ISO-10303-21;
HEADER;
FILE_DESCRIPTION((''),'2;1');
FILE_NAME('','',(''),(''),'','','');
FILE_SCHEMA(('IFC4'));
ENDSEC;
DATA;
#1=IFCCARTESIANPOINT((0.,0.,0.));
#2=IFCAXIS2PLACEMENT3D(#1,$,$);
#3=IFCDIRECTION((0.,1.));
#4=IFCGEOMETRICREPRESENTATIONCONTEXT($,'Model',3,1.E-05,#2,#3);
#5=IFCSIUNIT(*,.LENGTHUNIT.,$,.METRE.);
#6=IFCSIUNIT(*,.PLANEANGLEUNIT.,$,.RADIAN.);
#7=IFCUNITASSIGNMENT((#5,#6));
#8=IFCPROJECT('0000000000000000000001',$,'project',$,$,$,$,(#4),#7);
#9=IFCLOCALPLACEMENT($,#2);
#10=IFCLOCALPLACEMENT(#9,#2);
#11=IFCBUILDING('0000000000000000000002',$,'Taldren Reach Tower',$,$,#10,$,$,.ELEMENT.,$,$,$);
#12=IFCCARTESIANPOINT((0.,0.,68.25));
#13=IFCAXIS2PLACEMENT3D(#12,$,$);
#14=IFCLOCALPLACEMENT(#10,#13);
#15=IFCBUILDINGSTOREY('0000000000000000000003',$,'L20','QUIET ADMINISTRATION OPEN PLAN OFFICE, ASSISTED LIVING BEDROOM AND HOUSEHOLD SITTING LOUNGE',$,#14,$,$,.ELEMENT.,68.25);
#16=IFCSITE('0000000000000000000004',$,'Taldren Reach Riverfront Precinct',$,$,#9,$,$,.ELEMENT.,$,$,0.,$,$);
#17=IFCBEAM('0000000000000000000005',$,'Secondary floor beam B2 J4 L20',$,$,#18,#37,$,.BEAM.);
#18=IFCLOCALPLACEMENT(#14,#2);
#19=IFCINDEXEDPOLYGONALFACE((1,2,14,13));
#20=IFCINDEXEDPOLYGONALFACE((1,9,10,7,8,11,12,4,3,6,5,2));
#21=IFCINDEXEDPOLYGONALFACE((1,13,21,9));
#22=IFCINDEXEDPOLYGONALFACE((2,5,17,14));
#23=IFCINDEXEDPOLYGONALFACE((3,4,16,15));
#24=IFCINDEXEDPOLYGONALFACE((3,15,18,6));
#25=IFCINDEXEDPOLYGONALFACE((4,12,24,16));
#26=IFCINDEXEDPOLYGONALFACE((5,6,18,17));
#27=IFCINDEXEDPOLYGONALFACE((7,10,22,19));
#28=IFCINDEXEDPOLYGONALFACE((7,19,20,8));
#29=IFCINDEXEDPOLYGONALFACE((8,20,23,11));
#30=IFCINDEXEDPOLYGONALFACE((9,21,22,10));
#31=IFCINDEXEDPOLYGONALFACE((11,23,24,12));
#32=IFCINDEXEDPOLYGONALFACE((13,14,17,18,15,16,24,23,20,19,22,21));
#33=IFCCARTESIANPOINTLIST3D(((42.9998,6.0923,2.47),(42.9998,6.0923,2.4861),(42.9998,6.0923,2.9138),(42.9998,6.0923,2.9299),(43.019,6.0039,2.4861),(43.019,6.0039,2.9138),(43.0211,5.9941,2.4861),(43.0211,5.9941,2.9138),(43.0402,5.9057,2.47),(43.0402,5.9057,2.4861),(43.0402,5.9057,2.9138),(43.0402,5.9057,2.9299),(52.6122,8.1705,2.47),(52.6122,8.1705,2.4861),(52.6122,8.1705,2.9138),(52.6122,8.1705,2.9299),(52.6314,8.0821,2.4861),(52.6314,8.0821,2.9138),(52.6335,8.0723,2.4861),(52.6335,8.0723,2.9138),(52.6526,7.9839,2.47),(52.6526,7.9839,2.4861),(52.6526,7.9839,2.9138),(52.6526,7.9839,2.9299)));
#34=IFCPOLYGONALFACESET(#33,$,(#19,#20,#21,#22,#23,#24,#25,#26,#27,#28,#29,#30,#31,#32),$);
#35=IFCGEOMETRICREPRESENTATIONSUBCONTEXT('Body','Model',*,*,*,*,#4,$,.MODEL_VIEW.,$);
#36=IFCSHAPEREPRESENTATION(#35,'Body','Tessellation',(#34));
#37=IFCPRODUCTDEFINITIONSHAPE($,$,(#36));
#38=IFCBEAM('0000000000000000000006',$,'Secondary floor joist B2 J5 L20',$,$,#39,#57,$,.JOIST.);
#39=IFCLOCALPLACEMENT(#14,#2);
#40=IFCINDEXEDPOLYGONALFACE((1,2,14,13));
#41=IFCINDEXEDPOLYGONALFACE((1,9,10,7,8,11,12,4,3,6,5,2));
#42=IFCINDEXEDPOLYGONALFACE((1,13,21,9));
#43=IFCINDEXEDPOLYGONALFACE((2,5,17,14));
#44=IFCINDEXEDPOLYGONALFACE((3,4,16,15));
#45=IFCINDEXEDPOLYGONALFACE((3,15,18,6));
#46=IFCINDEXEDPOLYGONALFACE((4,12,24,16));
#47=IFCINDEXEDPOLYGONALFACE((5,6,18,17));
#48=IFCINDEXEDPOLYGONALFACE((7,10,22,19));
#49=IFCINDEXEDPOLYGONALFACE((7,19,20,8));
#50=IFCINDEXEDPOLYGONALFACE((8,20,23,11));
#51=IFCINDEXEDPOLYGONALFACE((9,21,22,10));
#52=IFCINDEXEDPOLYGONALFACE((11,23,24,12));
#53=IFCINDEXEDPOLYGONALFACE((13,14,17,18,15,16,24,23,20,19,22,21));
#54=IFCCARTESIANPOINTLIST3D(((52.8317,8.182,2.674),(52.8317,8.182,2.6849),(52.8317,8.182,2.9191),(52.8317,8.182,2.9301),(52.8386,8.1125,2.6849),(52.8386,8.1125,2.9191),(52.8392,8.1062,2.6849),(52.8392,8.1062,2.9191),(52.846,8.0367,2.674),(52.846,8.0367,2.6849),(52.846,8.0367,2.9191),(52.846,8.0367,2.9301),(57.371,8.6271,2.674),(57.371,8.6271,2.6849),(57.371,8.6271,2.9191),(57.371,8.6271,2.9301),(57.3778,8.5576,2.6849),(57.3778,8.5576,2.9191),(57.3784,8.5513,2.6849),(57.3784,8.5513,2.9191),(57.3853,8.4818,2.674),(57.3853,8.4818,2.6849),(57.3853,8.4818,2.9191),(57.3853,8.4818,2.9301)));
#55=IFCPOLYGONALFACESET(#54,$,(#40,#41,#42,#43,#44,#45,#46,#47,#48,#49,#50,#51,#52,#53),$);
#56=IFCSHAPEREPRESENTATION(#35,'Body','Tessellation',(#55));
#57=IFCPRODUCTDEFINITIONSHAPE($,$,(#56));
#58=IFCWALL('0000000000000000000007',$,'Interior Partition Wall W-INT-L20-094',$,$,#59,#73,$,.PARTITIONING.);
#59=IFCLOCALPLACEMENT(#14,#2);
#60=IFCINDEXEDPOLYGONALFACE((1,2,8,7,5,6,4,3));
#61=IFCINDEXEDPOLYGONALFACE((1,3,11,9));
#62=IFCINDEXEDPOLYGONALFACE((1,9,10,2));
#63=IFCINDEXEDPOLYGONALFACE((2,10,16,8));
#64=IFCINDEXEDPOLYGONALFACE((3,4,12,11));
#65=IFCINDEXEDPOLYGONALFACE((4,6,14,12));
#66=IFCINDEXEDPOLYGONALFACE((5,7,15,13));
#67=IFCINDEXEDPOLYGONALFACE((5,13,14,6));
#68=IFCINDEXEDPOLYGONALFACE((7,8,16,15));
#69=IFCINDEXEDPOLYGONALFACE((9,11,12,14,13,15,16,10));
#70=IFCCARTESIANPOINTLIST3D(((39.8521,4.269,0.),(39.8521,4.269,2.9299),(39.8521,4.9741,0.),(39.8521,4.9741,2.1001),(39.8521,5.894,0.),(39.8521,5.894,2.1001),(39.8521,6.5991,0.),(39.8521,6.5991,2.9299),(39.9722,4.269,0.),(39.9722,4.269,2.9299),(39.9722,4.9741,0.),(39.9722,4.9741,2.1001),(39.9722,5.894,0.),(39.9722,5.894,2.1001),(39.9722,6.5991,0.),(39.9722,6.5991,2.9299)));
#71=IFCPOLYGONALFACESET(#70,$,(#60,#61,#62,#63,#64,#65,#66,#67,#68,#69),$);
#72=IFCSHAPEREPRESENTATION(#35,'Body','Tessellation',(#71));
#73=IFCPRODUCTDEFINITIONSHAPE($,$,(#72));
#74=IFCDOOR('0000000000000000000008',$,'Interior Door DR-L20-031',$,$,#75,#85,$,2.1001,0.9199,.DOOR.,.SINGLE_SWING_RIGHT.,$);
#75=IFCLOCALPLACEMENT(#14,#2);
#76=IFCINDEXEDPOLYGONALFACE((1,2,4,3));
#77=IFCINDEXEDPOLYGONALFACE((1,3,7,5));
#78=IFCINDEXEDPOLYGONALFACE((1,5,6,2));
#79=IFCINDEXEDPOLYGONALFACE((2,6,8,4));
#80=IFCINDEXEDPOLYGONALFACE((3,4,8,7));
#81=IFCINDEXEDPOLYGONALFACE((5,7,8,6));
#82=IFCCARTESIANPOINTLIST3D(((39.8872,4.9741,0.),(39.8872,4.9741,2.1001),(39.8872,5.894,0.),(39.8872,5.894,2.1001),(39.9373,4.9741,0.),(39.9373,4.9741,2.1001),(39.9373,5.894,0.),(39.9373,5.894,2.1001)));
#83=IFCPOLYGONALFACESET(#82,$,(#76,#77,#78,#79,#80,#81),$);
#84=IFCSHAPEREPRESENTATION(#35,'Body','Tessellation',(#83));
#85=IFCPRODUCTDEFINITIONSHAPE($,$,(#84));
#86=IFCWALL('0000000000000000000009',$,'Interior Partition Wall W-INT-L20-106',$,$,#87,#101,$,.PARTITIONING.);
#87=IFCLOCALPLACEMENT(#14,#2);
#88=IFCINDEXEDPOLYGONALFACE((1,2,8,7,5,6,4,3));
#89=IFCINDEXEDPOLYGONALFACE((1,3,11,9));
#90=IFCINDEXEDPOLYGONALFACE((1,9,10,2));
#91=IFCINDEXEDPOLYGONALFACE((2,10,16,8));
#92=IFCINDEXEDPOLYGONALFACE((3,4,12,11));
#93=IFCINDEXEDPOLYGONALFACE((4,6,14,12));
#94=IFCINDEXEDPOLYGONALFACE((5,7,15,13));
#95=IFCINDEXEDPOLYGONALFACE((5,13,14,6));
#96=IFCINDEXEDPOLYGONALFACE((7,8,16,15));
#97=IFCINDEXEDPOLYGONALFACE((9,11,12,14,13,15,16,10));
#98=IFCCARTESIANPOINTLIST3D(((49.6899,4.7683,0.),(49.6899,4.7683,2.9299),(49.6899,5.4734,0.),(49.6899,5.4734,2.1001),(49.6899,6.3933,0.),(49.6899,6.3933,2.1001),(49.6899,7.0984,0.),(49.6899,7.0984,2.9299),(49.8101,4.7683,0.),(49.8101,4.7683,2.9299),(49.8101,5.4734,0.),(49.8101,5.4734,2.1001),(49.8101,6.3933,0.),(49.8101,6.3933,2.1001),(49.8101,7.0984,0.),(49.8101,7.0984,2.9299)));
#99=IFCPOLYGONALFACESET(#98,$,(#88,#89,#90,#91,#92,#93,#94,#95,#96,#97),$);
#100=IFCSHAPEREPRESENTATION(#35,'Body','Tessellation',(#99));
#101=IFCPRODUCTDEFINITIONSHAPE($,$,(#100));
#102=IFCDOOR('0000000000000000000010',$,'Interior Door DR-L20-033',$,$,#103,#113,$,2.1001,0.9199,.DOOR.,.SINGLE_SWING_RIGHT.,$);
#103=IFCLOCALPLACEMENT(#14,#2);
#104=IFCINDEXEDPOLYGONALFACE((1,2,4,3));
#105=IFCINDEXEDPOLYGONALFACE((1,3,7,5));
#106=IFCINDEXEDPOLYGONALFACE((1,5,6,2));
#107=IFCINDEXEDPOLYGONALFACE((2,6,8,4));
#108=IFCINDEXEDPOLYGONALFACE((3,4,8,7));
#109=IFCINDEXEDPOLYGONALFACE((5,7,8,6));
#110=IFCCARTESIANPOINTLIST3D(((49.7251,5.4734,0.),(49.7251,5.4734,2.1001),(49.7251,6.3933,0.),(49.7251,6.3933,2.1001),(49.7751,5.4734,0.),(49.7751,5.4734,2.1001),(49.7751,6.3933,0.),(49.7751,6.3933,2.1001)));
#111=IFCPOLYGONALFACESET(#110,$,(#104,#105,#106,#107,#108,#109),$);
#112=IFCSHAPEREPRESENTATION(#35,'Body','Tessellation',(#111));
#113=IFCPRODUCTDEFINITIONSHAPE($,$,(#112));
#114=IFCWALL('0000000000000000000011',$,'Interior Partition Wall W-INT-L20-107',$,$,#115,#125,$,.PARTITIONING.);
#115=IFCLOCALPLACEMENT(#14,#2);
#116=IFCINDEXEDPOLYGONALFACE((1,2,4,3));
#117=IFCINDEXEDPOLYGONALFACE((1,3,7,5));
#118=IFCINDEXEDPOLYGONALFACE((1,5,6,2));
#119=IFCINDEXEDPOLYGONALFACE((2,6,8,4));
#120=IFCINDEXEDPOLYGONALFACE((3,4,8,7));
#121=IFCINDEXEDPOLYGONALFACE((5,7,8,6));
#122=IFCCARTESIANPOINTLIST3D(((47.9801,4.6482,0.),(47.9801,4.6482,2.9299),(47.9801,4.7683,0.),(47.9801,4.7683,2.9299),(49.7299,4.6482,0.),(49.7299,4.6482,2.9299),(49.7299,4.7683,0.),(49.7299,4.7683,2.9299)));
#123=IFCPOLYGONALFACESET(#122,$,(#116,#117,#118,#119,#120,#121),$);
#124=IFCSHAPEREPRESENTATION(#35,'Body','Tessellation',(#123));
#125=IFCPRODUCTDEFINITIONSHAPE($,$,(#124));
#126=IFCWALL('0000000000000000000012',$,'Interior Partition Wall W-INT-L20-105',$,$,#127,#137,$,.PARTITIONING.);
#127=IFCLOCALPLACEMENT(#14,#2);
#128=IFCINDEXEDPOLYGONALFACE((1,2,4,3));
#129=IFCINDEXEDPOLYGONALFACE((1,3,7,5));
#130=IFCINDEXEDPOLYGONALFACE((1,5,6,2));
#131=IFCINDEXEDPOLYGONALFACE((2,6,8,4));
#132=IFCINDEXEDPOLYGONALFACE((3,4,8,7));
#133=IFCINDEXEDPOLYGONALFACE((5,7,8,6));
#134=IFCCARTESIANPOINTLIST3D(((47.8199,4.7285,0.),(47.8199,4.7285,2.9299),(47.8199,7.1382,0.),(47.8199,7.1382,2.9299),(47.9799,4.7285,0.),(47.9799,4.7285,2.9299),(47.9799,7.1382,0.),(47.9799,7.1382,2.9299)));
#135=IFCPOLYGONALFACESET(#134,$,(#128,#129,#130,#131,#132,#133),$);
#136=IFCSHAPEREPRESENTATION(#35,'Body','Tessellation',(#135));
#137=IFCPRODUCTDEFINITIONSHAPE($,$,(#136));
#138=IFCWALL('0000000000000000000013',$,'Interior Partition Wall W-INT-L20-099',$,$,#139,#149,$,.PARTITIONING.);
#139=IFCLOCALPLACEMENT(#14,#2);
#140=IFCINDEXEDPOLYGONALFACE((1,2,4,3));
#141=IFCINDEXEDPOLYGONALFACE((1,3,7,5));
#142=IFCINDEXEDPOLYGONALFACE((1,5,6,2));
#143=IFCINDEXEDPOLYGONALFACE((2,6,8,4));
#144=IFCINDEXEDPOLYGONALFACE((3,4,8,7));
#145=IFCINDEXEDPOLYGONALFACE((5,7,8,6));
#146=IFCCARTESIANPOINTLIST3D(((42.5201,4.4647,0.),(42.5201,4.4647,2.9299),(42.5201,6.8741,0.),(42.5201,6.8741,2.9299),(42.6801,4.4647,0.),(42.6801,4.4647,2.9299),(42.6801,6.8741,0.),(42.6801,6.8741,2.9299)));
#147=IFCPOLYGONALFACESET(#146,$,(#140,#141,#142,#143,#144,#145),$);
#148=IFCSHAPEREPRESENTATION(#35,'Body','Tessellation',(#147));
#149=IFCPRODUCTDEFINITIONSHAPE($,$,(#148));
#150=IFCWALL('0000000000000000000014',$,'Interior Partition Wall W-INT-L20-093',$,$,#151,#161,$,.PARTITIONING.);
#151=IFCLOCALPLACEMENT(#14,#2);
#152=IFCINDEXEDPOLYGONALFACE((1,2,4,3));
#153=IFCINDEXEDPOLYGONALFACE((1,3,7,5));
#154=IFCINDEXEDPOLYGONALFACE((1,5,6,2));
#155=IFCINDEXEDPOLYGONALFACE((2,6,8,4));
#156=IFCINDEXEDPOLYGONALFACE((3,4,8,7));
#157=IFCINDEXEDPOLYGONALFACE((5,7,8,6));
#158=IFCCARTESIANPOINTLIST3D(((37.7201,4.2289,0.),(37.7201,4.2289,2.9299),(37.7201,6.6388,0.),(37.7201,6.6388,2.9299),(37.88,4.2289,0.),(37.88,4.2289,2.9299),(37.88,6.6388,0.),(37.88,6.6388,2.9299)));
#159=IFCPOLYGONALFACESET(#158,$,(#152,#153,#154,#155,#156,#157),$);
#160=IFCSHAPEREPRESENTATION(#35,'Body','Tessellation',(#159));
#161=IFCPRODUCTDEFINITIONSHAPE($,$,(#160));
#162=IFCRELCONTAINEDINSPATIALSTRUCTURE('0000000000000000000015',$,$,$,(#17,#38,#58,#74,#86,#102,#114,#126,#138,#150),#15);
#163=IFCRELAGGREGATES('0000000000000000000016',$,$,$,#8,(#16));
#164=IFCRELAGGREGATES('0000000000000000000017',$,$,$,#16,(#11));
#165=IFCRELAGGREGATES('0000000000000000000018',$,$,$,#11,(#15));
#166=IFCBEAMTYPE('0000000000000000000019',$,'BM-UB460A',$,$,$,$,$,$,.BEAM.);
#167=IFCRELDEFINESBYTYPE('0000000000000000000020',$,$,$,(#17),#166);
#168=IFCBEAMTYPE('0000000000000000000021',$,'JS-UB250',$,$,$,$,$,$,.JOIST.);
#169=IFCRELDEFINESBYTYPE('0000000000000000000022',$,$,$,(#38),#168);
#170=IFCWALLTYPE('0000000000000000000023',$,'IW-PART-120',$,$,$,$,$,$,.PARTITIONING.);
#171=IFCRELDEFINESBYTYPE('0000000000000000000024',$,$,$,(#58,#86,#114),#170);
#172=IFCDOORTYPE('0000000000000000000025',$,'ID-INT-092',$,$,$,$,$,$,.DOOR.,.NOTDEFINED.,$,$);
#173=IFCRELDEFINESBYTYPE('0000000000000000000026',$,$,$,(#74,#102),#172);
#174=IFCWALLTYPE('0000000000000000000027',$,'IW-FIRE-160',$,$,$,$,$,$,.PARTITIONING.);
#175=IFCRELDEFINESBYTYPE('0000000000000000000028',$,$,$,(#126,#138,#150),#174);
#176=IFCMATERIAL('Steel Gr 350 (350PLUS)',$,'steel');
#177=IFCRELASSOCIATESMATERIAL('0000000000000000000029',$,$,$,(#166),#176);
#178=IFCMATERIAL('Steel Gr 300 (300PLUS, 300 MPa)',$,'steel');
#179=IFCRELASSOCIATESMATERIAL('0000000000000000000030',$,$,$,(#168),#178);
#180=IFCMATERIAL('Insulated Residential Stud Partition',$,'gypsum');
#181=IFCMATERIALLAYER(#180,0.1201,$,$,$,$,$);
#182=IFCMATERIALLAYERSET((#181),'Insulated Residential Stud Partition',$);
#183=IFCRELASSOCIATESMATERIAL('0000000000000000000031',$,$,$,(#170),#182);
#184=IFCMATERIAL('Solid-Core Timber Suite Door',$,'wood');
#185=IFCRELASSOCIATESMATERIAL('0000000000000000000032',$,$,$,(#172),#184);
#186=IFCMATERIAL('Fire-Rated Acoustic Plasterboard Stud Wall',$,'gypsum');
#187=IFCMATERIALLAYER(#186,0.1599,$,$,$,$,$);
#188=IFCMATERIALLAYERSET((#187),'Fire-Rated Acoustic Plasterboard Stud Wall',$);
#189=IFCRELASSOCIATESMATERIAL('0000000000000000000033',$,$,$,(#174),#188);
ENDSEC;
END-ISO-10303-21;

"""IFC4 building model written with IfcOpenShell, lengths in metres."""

from ifc_helpers import new_model, si_unit, direction, frame, frame_2d, origin, origin_2d, place, context, subcontext, project, spatial, rectangle, i_section, extrude, source, transform, mapped, material, layer, layer_set, material_profile, profile_set, type_object, element, fill, save


model = new_model("IFC4")

# Units and contexts
model_context = context("Model", 3, precision=1e-05, world=origin(), true_north=direction((0.0, 1.0)))
body_context = subcontext(model_context, "Body", "Model", "MODEL_VIEW")
ifc_project = project(units=[si_unit("LENGTHUNIT", "METRE"), si_unit("PLANEANGLEUNIT", "RADIAN")], contexts=[model_context])

# Site, building, storey
site_placement = place(None, origin())
site = spatial("IfcSite", under=ifc_project, at=site_placement, Name="Taldren Reach Riverfront Precinct", CompositionType="ELEMENT", RefElevation=0.0)
building_placement = place(site_placement, origin())
building = spatial("IfcBuilding", under=site, at=building_placement, Name="Taldren Reach Tower", CompositionType="ELEMENT")
storey_placement = place(building_placement, frame((0.0, 0.0, 68.25)))
storey = spatial("IfcBuildingStorey", under=building, at=storey_placement, Name="L20", Description="QUIET ADMINISTRATION OPEN PLAN OFFICE, ASSISTED LIVING BEDROOM AND HOUSEHOLD SITTING LOUNGE", CompositionType="ELEMENT", Elevation=68.25)

# Beams
ifc_material_1 = material(Name="Steel Gr 350 (350PLUS)", Category="steel")
ifc_material_profile_1 = material_profile(ifc_material_1, i_section(OverallWidth=0.1909, OverallDepth=0.46, WebThickness=0.01, FlangeThickness=0.0161, at=origin_2d()), Name="460UB82.1")
ifc_profile_set_1 = profile_set([ifc_material_profile_1], Name="Steel Gr 350 (350PLUS)")
beam_type_1 = type_object("IfcBeamType", Name="BM-UB460A", PredefinedType="BEAM", material=ifc_profile_set_1)
shared_shape_1 = source(origin(), body_context, "Body", "SweptSolid", [
    extrude(i_section(OverallWidth=0.1909, OverallDepth=0.46, WebThickness=0.01, FlangeThickness=0.0161, at=origin_2d()), origin(), (0.0, 0.0, 1.0), 9.8345),
])
beam_1_placement = place(storey_placement, frame((43.02, 5.999, 2.7), z_axis=(0.977419, 0.211312, 0.0), x_axis=(-0.211312, 0.977419, 0.0)))
element("IfcBeam", 1, at=beam_1_placement, inside=storey, type_object=beam_type_1, Name="Secondary floor beam B2 J4 L20", PredefinedType="BEAM", context=body_context, shape_type="MappedRepresentation", body=[
    mapped(shared_shape_1, transform((0.0, 0.0, 0.0), scale=1.0)),
])
ifc_material_2 = material(Name="Steel Gr 300 (300PLUS, 300 MPa)", Category="steel")
ifc_material_profile_2 = material_profile(ifc_material_2, i_section(OverallWidth=0.146, OverallDepth=0.2561, WebThickness=0.0063, FlangeThickness=0.011, at=origin_2d()), Name="250UB37.3")
ifc_profile_set_2 = profile_set([ifc_material_profile_2], Name="Steel Gr 300 (300PLUS, 300 MPa)")
beam_type_2 = type_object("IfcBeamType", Name="JS-UB250", PredefinedType="JOIST", material=ifc_profile_set_2)
shared_shape_2 = source(origin(), body_context, "Body", "SweptSolid", [
    extrude(i_section(OverallWidth=0.146, OverallDepth=0.2561, WebThickness=0.0063, FlangeThickness=0.011, at=origin_2d()), origin(), (0.0, 0.0, 1.0), 4.561),
])
beam_2_placement = place(storey_placement, frame((52.8389, 8.1094, 2.802), z_axis=(0.995228, 0.09758, 0.0), x_axis=(-0.09758, 0.995228, 0.0)))
element("IfcBeam", 2, at=beam_2_placement, inside=storey, type_object=beam_type_2, Name="Secondary floor joist B2 J5 L20", PredefinedType="JOIST", context=body_context, shape_type="MappedRepresentation", body=[
    mapped(shared_shape_2, transform((0.0, 0.0, 0.0), scale=1.0)),
])

# Walls, openings, doors
ifc_material_3 = material(Name="Insulated Residential Stud Partition", Category="gypsum")
ifc_layer_1 = layer(ifc_material_3, 0.1201)
ifc_layer_set_1 = layer_set([ifc_layer_1], Name="Insulated Residential Stud Partition")
wall_type_1 = type_object("IfcWallType", Name="IW-PART-120", PredefinedType="PARTITIONING", material=ifc_layer_set_1)
shared_shape_3 = source(origin(), body_context, "Body", "SweptSolid", [
    extrude(rectangle(XDim=2.3301, YDim=0.1201, at=frame_2d((1.165, 0.0))), origin(), (0.0, 0.0, 1.0), 2.9299),
])
wall_1_placement = place(storey_placement, frame((39.9121, 4.269, 0.0), z_axis=(0.0, 0.0, 1.0), x_axis=(0.0, 1.0, 0.0)))
wall_1 = element("IfcWall", 3, at=wall_1_placement, inside=storey, type_object=wall_type_1, Name="Interior Partition Wall W-INT-L20-094", PredefinedType="PARTITIONING", context=body_context, shape_type="MappedRepresentation", body=[
    mapped(shared_shape_3, transform((0.0, 0.0, 0.0), scale=1.0)),
])
shared_shape_4 = source(origin(), body_context, "Body", "SweptSolid", [
    extrude(rectangle(XDim=0.9199, YDim=2.1001, at=frame_2d((0.46, 1.05))), frame((0.0, 0.0701, 0.0), z_axis=(0.0, -1.0, 0.0), x_axis=(1.0, 0.0, 0.0)), (0.0, 0.0, 1.0), 0.1401),
])
opening_1_placement = place(wall_1_placement, frame((0.7051, 0.0, 0.0)))
opening_1 = element("IfcOpeningElement", 4, at=opening_1_placement, cuts=wall_1, PredefinedType="OPENING", context=body_context, shape_type="MappedRepresentation", body=[
    mapped(shared_shape_4, transform((0.0, 0.0, 0.0), scale=1.0)),
])
ifc_material_4 = material(Name="Solid-Core Timber Suite Door", Category="wood")
door_type = type_object("IfcDoorType", Name="ID-INT-092", OperationType="NOTDEFINED", PredefinedType="DOOR", material=ifc_material_4)
shared_shape_5 = source(origin(), body_context, "Body", "SweptSolid", [
    extrude(rectangle(XDim=0.9199, YDim=2.1001, at=frame_2d((0.46, 1.05))), frame((0.0, 0.0249, 0.0), z_axis=(0.0, -1.0, 0.0), x_axis=(1.0, 0.0, 0.0)), (0.0, 0.0, 1.0), 0.05),
])
door_1_placement = place(opening_1_placement, origin())
door_1 = element("IfcDoor", 5, at=door_1_placement, inside=storey, type_object=door_type, Name="Interior Door DR-L20-031", OperationType="SINGLE_SWING_RIGHT", OverallHeight=2.1001, OverallWidth=0.9199, PredefinedType="DOOR", context=body_context, shape_type="MappedRepresentation", body=[
    mapped(shared_shape_5, transform((0.0, 0.0, 0.0), scale=1.0)),
])
fill(opening_1, door_1)
wall_2_placement = place(storey_placement, frame((49.75, 4.7683, 0.0), z_axis=(0.0, 0.0, 1.0), x_axis=(0.0, 1.0, 0.0)))
wall_2 = element("IfcWall", 6, at=wall_2_placement, inside=storey, type_object=wall_type_1, Name="Interior Partition Wall W-INT-L20-106", PredefinedType="PARTITIONING", context=body_context, shape_type="MappedRepresentation", body=[
    mapped(shared_shape_3, transform((0.0, 0.0, 0.0), scale=1.0)),
])
opening_2_placement = place(wall_2_placement, frame((0.7051, 0.0, 0.0)))
opening_2 = element("IfcOpeningElement", 7, at=opening_2_placement, cuts=wall_2, PredefinedType="OPENING", context=body_context, shape_type="MappedRepresentation", body=[
    mapped(shared_shape_4, transform((0.0, 0.0, 0.0), scale=1.0)),
])
door_2_placement = place(opening_2_placement, origin())
door_2 = element("IfcDoor", 8, at=door_2_placement, inside=storey, type_object=door_type, Name="Interior Door DR-L20-033", OperationType="SINGLE_SWING_RIGHT", OverallHeight=2.1001, OverallWidth=0.9199, PredefinedType="DOOR", context=body_context, shape_type="MappedRepresentation", body=[
    mapped(shared_shape_5, transform((0.0, 0.0, 0.0), scale=1.0)),
])
fill(opening_2, door_2)

# Walls
shared_shape_6 = source(origin(), body_context, "Body", "SweptSolid", [
    extrude(rectangle(XDim=1.7498, YDim=0.1201, at=frame_2d((0.875, 0.0))), origin(), (0.0, 0.0, 1.0), 2.9299),
])
wall_3_placement = place(storey_placement, frame((47.98, 4.7083, 0.0), z_axis=(0.0, 0.0, 1.0), x_axis=(1.0, 0.0, 0.0)))
element("IfcWall", 9, at=wall_3_placement, inside=storey, type_object=wall_type_1, Name="Interior Partition Wall W-INT-L20-107", PredefinedType="PARTITIONING", context=body_context, shape_type="MappedRepresentation", body=[
    mapped(shared_shape_6, transform((0.0, 0.0, 0.0), scale=1.0)),
])
ifc_material_5 = material(Name="Fire-Rated Acoustic Plasterboard Stud Wall", Category="gypsum")
ifc_layer_2 = layer(ifc_material_5, 0.1599)
ifc_layer_set_2 = layer_set([ifc_layer_2], Name="Fire-Rated Acoustic Plasterboard Stud Wall")
wall_type_2 = type_object("IfcWallType", Name="IW-FIRE-160", PredefinedType="PARTITIONING", material=ifc_layer_set_2)
shared_shape_7 = source(origin(), body_context, "Body", "SweptSolid", [
    extrude(rectangle(XDim=2.4097, YDim=0.1599, at=frame_2d((1.2048, 0.0))), origin(), (0.0, 0.0, 1.0), 2.9299),
])
wall_4_placement = place(storey_placement, frame((47.8999, 7.1382, 0.0), z_axis=(0.0, 0.0, 1.0), x_axis=(0.0, -1.0, 0.0)))
element("IfcWall", 10, at=wall_4_placement, inside=storey, type_object=wall_type_2, Name="Interior Partition Wall W-INT-L20-105", PredefinedType="PARTITIONING", context=body_context, shape_type="MappedRepresentation", body=[
    mapped(shared_shape_7, transform((0.0, 0.0, 0.0), scale=1.0)),
])
shared_shape_8 = source(origin(), body_context, "Body", "SweptSolid", [
    extrude(rectangle(XDim=2.4094, YDim=0.1599, at=frame_2d((1.2046, 0.0))), origin(), (0.0, 0.0, 1.0), 2.9299),
])
wall_5_placement = place(storey_placement, frame((42.6001, 6.874, 0.0), z_axis=(0.0, 0.0, 1.0), x_axis=(0.0, -1.0, 0.0)))
element("IfcWall", 11, at=wall_5_placement, inside=storey, type_object=wall_type_2, Name="Interior Partition Wall W-INT-L20-099", PredefinedType="PARTITIONING", context=body_context, shape_type="MappedRepresentation", body=[
    mapped(shared_shape_8, transform((0.0, 0.0, 0.0), scale=1.0)),
])
shared_shape_9 = source(origin(), body_context, "Body", "SweptSolid", [
    extrude(rectangle(XDim=2.4099, YDim=0.1599, at=frame_2d((1.2051, 0.0))), origin(), (0.0, 0.0, 1.0), 2.9299),
])
wall_6_placement = place(storey_placement, frame((37.8, 6.6389, 0.0), z_axis=(0.0, 0.0, 1.0), x_axis=(0.0, -1.0, 0.0)))
element("IfcWall", 12, at=wall_6_placement, inside=storey, type_object=wall_type_2, Name="Interior Partition Wall W-INT-L20-093", PredefinedType="PARTITIONING", context=body_context, shape_type="MappedRepresentation", body=[
    mapped(shared_shape_9, transform((0.0, 0.0, 0.0), scale=1.0)),
])

save(model, "model.ifc")
